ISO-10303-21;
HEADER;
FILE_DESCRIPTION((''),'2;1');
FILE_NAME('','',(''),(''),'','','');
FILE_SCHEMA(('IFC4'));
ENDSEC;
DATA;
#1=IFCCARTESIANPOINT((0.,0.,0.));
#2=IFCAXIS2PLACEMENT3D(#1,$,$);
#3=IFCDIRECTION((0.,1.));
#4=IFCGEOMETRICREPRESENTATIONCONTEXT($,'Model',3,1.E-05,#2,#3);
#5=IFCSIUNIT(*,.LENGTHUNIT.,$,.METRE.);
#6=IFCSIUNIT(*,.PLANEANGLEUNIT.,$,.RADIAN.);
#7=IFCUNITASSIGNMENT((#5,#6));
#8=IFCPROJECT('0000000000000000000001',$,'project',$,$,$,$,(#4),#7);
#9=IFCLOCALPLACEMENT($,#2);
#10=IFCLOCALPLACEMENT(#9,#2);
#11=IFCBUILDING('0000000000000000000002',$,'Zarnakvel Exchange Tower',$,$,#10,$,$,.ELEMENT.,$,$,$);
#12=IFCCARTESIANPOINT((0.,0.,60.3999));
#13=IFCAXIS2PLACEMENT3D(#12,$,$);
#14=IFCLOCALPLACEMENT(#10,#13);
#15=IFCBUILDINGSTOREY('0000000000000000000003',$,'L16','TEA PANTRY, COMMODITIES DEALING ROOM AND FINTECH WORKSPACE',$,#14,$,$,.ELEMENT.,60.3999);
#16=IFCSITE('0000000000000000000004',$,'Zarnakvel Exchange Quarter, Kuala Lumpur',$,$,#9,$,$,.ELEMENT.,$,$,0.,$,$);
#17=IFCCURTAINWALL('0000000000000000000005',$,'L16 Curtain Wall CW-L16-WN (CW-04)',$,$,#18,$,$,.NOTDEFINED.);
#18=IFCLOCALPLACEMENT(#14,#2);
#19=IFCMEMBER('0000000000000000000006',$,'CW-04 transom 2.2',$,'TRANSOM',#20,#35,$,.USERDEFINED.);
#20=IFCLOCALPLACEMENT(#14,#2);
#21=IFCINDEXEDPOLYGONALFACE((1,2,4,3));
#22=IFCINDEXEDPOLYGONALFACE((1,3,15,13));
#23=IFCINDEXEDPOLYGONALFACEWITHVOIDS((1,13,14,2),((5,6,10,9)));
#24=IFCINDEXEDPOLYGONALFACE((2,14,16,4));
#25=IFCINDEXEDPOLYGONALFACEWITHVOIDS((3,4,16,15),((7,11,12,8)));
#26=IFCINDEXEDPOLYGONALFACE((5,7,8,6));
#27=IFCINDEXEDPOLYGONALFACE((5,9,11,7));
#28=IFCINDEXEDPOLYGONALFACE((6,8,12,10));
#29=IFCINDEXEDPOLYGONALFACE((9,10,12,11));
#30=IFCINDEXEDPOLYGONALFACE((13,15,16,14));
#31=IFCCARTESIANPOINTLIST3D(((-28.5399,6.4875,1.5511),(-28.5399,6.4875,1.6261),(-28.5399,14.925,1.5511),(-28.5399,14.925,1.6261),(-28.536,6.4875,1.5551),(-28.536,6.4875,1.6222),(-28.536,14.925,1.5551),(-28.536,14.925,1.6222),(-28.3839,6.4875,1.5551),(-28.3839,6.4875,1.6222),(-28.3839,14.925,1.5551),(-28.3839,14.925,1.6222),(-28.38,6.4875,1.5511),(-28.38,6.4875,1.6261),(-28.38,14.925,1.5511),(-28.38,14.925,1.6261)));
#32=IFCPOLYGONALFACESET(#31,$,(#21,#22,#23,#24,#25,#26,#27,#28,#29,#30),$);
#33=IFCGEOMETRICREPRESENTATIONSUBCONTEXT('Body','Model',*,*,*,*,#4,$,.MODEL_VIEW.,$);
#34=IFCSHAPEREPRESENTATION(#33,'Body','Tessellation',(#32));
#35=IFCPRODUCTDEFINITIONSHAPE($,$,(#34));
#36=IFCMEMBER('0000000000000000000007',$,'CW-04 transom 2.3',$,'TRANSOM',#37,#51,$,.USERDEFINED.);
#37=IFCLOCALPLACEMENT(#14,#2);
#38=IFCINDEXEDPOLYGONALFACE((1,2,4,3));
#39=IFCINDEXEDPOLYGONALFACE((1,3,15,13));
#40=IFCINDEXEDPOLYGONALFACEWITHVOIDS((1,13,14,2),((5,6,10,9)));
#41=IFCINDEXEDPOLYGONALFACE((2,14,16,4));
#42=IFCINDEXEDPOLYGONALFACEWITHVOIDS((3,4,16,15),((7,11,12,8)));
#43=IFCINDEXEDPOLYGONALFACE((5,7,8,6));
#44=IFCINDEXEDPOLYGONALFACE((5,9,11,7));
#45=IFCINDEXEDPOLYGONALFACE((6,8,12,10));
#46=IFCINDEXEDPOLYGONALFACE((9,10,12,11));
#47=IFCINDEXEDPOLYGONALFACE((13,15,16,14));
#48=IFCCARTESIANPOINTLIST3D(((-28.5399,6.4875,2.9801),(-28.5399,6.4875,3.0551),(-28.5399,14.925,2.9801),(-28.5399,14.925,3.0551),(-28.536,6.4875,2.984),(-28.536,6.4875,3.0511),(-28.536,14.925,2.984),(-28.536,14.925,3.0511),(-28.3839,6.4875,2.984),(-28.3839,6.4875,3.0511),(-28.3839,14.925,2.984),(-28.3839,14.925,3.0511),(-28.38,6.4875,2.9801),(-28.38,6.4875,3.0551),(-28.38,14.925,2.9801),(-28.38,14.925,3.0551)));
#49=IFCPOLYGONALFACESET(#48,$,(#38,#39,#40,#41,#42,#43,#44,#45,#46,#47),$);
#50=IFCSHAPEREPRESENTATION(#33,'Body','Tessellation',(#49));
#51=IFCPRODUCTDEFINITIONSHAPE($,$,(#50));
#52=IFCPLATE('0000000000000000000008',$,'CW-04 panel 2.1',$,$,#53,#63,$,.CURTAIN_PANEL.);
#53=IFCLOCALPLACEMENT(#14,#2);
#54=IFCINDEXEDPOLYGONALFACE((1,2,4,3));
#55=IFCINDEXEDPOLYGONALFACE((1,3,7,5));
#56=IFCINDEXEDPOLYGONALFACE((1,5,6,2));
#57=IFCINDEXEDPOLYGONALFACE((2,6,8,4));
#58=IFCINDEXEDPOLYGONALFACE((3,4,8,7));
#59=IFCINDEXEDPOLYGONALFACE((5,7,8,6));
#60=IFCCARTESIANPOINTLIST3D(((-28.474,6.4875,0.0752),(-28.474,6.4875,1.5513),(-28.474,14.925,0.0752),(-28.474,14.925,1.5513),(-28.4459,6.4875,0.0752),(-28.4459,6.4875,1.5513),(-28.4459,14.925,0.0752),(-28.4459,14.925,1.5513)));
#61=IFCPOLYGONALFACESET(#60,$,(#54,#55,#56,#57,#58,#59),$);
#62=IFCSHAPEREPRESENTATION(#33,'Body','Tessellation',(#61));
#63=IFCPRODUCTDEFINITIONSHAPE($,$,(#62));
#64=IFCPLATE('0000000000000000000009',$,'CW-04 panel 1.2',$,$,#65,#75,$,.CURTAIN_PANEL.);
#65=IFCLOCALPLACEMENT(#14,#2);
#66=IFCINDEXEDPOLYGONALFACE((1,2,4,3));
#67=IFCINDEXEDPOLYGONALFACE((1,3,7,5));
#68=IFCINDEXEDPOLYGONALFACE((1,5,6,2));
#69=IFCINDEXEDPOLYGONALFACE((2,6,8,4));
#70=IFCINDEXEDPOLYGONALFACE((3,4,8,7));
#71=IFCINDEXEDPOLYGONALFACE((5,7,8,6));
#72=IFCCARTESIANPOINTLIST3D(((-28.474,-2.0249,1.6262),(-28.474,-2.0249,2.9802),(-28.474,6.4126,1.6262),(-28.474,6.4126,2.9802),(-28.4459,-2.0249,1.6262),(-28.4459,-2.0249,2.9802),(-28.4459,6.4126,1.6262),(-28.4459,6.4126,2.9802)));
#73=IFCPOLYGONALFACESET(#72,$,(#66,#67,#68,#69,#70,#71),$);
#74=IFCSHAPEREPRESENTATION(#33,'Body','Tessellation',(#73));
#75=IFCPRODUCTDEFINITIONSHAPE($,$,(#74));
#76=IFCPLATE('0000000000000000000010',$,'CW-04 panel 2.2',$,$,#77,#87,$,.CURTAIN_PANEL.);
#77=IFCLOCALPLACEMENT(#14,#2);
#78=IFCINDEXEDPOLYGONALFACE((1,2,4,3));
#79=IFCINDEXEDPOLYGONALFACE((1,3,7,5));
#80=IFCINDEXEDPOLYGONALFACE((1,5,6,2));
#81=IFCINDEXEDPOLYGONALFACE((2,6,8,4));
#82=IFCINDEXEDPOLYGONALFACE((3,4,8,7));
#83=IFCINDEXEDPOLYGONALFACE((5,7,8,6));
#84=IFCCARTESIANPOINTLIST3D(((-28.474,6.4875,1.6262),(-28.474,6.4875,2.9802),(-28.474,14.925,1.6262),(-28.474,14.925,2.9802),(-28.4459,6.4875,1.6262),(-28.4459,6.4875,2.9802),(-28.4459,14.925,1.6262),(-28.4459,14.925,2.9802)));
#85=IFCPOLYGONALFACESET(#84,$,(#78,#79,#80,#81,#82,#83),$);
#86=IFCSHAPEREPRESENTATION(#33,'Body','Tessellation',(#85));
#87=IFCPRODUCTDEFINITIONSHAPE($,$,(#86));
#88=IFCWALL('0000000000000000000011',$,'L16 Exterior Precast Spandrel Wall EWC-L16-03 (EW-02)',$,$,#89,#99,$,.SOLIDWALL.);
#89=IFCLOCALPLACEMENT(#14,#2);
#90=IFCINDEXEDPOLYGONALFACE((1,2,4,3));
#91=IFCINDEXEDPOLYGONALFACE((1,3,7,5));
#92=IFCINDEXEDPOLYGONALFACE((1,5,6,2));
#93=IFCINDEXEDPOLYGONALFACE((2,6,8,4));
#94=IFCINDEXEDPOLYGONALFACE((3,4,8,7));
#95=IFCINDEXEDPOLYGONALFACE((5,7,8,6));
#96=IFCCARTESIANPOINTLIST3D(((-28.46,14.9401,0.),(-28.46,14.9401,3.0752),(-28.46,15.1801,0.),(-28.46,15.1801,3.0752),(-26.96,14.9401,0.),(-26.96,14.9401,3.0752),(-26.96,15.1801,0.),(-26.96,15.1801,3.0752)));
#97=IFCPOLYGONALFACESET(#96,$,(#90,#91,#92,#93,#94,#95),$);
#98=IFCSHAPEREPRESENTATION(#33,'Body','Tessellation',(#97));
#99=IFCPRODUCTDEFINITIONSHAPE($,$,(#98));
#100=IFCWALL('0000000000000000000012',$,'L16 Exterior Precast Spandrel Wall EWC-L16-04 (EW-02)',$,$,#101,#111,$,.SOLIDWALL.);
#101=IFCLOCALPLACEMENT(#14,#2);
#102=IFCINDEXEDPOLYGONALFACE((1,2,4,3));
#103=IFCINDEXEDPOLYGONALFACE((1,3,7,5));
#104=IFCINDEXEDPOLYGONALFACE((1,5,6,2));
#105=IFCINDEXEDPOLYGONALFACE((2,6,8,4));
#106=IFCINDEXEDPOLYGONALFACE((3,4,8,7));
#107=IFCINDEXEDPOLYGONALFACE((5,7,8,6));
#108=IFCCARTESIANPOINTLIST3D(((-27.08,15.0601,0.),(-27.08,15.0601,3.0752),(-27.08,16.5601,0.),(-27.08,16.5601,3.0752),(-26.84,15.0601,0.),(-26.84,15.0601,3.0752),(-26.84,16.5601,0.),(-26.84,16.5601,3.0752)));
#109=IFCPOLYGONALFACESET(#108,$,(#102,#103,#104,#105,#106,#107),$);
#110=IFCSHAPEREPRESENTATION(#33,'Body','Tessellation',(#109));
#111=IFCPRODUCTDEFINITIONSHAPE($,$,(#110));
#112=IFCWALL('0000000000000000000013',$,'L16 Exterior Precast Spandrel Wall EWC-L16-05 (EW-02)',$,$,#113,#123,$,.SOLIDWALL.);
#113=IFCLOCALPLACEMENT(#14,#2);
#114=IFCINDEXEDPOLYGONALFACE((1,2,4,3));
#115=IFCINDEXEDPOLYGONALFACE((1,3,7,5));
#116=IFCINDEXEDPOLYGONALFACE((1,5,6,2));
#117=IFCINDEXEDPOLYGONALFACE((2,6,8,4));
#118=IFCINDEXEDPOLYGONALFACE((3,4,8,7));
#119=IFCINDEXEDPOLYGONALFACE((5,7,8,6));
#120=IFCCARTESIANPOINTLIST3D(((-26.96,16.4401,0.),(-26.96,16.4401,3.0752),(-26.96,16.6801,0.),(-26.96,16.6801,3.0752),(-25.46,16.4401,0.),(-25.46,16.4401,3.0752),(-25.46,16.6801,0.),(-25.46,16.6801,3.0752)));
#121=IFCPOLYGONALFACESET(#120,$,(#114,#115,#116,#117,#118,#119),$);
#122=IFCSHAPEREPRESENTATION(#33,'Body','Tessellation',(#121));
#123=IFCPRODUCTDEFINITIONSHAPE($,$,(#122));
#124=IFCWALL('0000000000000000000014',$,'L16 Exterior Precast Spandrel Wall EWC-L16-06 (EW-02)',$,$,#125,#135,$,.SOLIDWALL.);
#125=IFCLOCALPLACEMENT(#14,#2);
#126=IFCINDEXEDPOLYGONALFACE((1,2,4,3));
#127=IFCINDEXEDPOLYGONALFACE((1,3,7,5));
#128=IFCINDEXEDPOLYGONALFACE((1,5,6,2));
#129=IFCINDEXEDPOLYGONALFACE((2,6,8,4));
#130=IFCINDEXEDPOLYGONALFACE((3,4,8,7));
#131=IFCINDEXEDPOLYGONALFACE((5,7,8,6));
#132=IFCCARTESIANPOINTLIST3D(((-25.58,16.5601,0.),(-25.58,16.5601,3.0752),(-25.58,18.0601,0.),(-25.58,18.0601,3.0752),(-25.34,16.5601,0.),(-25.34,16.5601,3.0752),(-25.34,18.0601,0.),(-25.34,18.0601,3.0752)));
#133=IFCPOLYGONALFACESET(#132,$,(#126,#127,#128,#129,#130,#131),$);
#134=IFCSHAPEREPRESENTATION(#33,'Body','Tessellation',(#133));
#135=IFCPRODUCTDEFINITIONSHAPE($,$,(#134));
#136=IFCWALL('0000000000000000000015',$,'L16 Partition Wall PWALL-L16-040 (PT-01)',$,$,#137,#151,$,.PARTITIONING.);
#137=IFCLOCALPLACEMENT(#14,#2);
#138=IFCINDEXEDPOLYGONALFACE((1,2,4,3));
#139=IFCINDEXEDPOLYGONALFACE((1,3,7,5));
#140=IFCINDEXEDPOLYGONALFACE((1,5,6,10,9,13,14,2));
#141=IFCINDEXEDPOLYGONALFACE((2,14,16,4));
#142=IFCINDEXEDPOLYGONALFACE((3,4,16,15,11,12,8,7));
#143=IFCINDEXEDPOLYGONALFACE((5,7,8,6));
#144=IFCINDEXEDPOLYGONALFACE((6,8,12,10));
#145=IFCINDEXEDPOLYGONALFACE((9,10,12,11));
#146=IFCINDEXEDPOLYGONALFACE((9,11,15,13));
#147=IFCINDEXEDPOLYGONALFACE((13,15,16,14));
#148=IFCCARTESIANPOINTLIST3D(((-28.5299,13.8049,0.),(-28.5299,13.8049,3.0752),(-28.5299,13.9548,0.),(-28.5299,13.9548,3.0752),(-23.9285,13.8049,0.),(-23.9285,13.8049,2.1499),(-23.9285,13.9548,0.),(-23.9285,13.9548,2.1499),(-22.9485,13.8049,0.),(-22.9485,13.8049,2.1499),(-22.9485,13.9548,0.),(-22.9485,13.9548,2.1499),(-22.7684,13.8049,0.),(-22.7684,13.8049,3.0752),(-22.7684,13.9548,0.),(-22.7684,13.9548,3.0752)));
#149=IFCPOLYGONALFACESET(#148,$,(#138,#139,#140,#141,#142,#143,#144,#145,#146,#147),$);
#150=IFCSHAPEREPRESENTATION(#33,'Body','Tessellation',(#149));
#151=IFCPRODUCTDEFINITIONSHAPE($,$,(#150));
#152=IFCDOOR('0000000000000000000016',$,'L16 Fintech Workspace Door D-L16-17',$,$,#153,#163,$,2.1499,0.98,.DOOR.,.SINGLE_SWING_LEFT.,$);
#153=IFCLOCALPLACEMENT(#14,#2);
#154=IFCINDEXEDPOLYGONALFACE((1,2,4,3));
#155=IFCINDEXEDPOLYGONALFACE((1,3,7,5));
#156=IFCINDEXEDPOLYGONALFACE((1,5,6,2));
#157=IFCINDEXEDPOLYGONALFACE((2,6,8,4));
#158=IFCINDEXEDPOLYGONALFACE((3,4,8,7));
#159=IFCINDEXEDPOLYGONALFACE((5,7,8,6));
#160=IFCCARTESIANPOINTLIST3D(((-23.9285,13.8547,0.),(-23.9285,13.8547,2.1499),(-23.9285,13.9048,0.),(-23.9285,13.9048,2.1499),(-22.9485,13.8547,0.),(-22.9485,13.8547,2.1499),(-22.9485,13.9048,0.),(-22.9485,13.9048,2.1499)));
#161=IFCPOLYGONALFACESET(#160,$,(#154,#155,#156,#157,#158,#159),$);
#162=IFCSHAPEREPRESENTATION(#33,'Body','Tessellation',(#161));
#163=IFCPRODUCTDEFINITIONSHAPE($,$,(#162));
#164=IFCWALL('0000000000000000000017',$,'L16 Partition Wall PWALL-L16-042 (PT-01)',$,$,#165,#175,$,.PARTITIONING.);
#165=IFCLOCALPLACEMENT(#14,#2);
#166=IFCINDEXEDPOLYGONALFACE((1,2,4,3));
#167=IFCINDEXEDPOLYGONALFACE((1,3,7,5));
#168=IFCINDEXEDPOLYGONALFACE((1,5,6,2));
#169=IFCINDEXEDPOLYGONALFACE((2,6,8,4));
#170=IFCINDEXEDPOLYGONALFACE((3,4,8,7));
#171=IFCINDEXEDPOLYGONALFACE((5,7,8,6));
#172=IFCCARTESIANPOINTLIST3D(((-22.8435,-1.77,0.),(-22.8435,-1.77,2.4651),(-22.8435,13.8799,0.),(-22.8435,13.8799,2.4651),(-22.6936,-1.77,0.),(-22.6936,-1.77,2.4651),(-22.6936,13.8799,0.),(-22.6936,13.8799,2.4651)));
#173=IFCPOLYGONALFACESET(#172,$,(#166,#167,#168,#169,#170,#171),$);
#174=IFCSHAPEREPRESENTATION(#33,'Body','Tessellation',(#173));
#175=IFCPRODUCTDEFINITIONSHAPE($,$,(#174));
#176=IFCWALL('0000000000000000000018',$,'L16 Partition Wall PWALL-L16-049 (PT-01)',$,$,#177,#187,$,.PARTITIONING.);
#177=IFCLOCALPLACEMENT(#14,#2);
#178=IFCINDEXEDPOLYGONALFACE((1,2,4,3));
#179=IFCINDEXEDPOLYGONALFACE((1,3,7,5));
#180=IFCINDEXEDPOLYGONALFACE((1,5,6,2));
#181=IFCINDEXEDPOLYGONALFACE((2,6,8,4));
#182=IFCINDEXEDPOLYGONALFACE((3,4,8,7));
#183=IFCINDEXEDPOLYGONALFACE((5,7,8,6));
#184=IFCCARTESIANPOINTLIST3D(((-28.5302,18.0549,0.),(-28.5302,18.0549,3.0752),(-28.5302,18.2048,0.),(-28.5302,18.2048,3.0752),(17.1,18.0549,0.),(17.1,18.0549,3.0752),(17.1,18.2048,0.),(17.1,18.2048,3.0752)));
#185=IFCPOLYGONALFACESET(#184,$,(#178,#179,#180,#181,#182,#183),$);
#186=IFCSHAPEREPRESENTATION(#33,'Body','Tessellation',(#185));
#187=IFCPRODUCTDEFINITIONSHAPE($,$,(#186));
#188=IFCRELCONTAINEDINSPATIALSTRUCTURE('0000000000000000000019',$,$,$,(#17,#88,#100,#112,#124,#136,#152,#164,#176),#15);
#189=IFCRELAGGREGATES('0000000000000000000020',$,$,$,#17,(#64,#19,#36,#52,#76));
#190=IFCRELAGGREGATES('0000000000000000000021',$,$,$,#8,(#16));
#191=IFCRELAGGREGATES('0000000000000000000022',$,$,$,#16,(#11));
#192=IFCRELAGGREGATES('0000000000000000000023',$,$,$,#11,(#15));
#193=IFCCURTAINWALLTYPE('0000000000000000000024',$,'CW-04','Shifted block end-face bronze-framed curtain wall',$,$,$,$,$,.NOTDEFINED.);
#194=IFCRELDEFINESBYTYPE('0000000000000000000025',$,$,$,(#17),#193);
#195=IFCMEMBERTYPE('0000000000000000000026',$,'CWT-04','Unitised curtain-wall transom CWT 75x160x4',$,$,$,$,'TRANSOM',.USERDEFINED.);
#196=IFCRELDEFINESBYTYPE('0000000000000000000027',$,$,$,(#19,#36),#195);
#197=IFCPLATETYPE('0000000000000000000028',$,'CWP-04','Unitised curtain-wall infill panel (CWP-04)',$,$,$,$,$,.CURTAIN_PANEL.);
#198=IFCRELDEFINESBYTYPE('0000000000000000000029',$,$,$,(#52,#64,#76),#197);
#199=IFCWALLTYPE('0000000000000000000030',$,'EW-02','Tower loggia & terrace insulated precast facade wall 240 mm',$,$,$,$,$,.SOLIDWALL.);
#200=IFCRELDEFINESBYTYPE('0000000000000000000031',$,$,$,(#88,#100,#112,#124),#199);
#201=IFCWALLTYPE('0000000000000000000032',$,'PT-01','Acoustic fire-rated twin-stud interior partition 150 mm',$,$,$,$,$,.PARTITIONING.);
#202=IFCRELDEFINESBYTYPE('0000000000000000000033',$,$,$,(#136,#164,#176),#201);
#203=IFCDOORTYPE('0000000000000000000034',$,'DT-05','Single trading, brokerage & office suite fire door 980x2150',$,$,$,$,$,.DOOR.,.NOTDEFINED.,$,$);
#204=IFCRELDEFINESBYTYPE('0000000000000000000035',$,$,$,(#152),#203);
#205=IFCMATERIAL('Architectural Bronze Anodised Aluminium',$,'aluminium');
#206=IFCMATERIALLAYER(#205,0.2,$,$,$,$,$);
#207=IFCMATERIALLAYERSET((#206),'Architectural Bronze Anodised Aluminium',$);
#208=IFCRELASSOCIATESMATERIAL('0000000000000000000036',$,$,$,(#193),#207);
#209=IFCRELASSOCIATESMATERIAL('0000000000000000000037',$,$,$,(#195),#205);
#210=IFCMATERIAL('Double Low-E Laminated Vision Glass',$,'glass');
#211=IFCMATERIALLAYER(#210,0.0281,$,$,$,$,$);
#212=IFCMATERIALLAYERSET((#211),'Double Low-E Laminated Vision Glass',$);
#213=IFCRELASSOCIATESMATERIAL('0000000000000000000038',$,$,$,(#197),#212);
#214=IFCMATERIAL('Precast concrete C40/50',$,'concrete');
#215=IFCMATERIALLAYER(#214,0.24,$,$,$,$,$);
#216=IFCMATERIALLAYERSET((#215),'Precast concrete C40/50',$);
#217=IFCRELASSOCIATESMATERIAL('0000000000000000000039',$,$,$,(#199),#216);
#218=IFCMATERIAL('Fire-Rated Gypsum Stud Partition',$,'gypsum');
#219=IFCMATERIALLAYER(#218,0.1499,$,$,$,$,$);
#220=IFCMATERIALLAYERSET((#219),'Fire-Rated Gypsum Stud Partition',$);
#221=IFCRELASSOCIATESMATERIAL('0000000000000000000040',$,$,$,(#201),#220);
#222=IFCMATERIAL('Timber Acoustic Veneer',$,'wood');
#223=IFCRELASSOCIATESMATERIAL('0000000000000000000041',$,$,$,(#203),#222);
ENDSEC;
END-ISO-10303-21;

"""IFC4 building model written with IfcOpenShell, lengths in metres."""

from ifc_helpers import new_model, si_unit, direction, frame, frame_2d, origin, origin_2d, place, context, subcontext, project, spatial, rectangle, hollow_rectangle, extrude, source, transform, mapped, material, layer, layer_set, material_profile, profile_set, type_object, element, fill, aggregate, save


model = new_model("IFC4")

# Units and contexts
model_context = context("Model", 3, precision=1e-05, world=origin(), true_north=direction((0.0, 1.0)))
body_context = subcontext(model_context, "Body", "Model", "MODEL_VIEW")
ifc_project = project(units=[si_unit("LENGTHUNIT", "METRE"), si_unit("PLANEANGLEUNIT", "RADIAN")], contexts=[model_context])

# Site, building, storey
site_placement = place(None, origin())
site = spatial("IfcSite", under=ifc_project, at=site_placement, Name="Zarnakvel Exchange Quarter, Kuala Lumpur", CompositionType="ELEMENT", RefElevation=0.0)
building_placement = place(site_placement, origin())
building = spatial("IfcBuilding", under=site, at=building_placement, Name="Zarnakvel Exchange Tower", CompositionType="ELEMENT")
storey_placement = place(building_placement, frame((0.0, 0.0, 60.3999)))
storey = spatial("IfcBuildingStorey", under=building, at=storey_placement, Name="L16", Description="TEA PANTRY, COMMODITIES DEALING ROOM AND FINTECH WORKSPACE", CompositionType="ELEMENT", Elevation=60.3999)

# Shared definitions
ifc_material_1 = material(Name="Architectural Bronze Anodised Aluminium", Category="aluminium")

# Curtain wall, members, plates
ifc_layer_1 = layer(ifc_material_1, 0.2)
ifc_layer_set_1 = layer_set([ifc_layer_1], Name="Architectural Bronze Anodised Aluminium")
curtain_wall_type_1 = type_object("IfcCurtainWallType", Name="CW-04", Description="Shifted block end-face bronze-framed curtain wall", PredefinedType="NOTDEFINED", material=ifc_layer_set_1)
curtain_wall_1_placement = place(storey_placement, origin())
curtain_wall_1 = element("IfcCurtainWall", 1, at=curtain_wall_1_placement, inside=storey, type_object=curtain_wall_type_1, Name="L16 Curtain Wall CW-L16-WN (CW-04)", PredefinedType="NOTDEFINED")
ifc_material_profile_1 = material_profile(ifc_material_1, hollow_rectangle(XDim=0.1599, YDim=0.075, WallThickness=0.0039, at=origin_2d()))
ifc_profile_set_1 = profile_set([ifc_material_profile_1], Name="Architectural Bronze Anodised Aluminium")
member_type_1 = type_object("IfcMemberType", Name="CWT-04", Description="Unitised curtain-wall transom CWT 75x160x4", ElementType="TRANSOM", PredefinedType="USERDEFINED", material=ifc_profile_set_1)
shared_shape_1 = source(origin(), body_context, "Body", "SweptSolid", [
    extrude(hollow_rectangle(XDim=0.1599, YDim=0.075, WallThickness=0.0039, at=origin_2d()), origin(), (0.0, 0.0, 1.0), 8.4375),
])
member_1_placement = place(storey_placement, frame((-28.46, 6.4875, 1.5886), z_axis=(0.0, 1.0, 0.0), x_axis=(-1.0, 0.0, 0.0)))
member_1 = element("IfcMember", 2, at=member_1_placement, type_object=member_type_1, Name="CW-04 transom 2.2", ObjectType="TRANSOM", PredefinedType="USERDEFINED", context=body_context, shape_type="MappedRepresentation", body=[
    mapped(shared_shape_1, transform((0.0, 0.0, 0.0), x_axis=(1.0, 0.0, 0.0), y_axis=(0.0, 1.0, 0.0), z_axis=(0.0, 0.0, 1.0), scale=1.0)),
])
member_2_placement = place(storey_placement, frame((-28.46, 6.4875, 3.0176), z_axis=(0.0, 1.0, 0.0), x_axis=(-1.0, 0.0, 0.0)))
member_2 = element("IfcMember", 3, at=member_2_placement, type_object=member_type_1, Name="CW-04 transom 2.3", ObjectType="TRANSOM", PredefinedType="USERDEFINED", context=body_context, shape_type="MappedRepresentation", body=[
    mapped(shared_shape_1, transform((0.0, 0.0, 0.0), x_axis=(1.0, 0.0, 0.0), y_axis=(0.0, 1.0, 0.0), z_axis=(0.0, 0.0, 1.0), scale=1.0)),
])
ifc_material_2 = material(Name="Double Low-E Laminated Vision Glass", Category="glass")
ifc_layer_2 = layer(ifc_material_2, 0.0281)
ifc_layer_set_2 = layer_set([ifc_layer_2], Name="Double Low-E Laminated Vision Glass")
plate_type = type_object("IfcPlateType", Name="CWP-04", Description="Unitised curtain-wall infill panel (CWP-04)", PredefinedType="CURTAIN_PANEL", material=ifc_layer_set_2)
shared_shape_2 = source(origin(), body_context, "Body", "SweptSolid", [
    extrude(rectangle(XDim=8.4375, YDim=0.0281, at=origin_2d()), origin(), (0.0, 0.0, 1.0), 1.4761),
])
plate_1_placement = place(storey_placement, frame((-28.46, 10.7063, 0.0752), z_axis=(0.0, 0.0, 1.0), x_axis=(0.0, 1.0, 0.0)))
plate_1 = element("IfcPlate", 4, at=plate_1_placement, type_object=plate_type, Name="CW-04 panel 2.1", PredefinedType="CURTAIN_PANEL", context=body_context, shape_type="MappedRepresentation", body=[
    mapped(shared_shape_2, transform((0.0, 0.0, 0.0), x_axis=(1.0, 0.0, 0.0), y_axis=(0.0, 1.0, 0.0), z_axis=(0.0, 0.0, 1.0), scale=1.0)),
])
shared_shape_3 = source(origin(), body_context, "Body", "SweptSolid", [
    extrude(rectangle(XDim=8.4375, YDim=0.0281, at=origin_2d()), origin(), (0.0, 0.0, 1.0), 1.354),
])
plate_2_placement = place(storey_placement, frame((-28.46, 2.1938, 1.6262), z_axis=(0.0, 0.0, 1.0), x_axis=(0.0, 1.0, 0.0)))
plate_2 = element("IfcPlate", 5, at=plate_2_placement, type_object=plate_type, Name="CW-04 panel 1.2", PredefinedType="CURTAIN_PANEL", context=body_context, shape_type="MappedRepresentation", body=[
    mapped(shared_shape_3, transform((0.0, 0.0, 0.0), x_axis=(1.0, 0.0, 0.0), y_axis=(0.0, 1.0, 0.0), z_axis=(0.0, 0.0, 1.0), scale=1.0)),
])
plate_3_placement = place(storey_placement, frame((-28.46, 10.7063, 1.6262), z_axis=(0.0, 0.0, 1.0), x_axis=(0.0, 1.0, 0.0)))
plate_3 = element("IfcPlate", 6, at=plate_3_placement, type_object=plate_type, Name="CW-04 panel 2.2", PredefinedType="CURTAIN_PANEL", context=body_context, shape_type="MappedRepresentation", body=[
    mapped(shared_shape_3, transform((0.0, 0.0, 0.0), x_axis=(1.0, 0.0, 0.0), y_axis=(0.0, 1.0, 0.0), z_axis=(0.0, 0.0, 1.0), scale=1.0)),
])
aggregate(curtain_wall_1, [plate_2, member_1, member_2, plate_1, plate_3])

# Walls
ifc_material_3 = material(Name="Precast concrete C40/50", Category="concrete")
ifc_layer_3 = layer(ifc_material_3, 0.24)
ifc_layer_set_3 = layer_set([ifc_layer_3], Name="Precast concrete C40/50")
wall_type_1 = type_object("IfcWallType", Name="EW-02", Description="Tower loggia & terrace insulated precast facade wall 240 mm", PredefinedType="SOLIDWALL", material=ifc_layer_set_3)
for number, where, z_axis, x_axis, name in (
    (7, (-26.96, 15.0601, 0.0), (0.0, 0.0, 1.0), (-1.0, 0.0, 0.0), "L16 Exterior Precast Spandrel Wall EWC-L16-03 (EW-02)"),
    (8, (-26.96, 16.5601, 0.0), (0.0, 0.0, 1.0), (0.0, -1.0, 0.0), "L16 Exterior Precast Spandrel Wall EWC-L16-04 (EW-02)"),
    (9, (-25.46, 16.5601, 0.0), (0.0, 0.0, 1.0), (-1.0, 0.0, 0.0), "L16 Exterior Precast Spandrel Wall EWC-L16-05 (EW-02)"),
    (10, (-25.46, 18.0601, 0.0), (0.0, 0.0, 1.0), (0.0, -1.0, 0.0), "L16 Exterior Precast Spandrel Wall EWC-L16-06 (EW-02)"),
):
    element("IfcWall", number, at=place(storey_placement, frame(where, z_axis=z_axis, x_axis=x_axis)), inside=storey, type_object=wall_type_1, Name=name, PredefinedType="SOLIDWALL", context=body_context, shape_type="SweptSolid", body=[
        extrude(rectangle(XDim=1.5, YDim=0.24, at=frame_2d((0.75, 0.0))), origin(), (0.0, 0.0, 1.0), 3.0752),
    ])

# Wall, opening, door
ifc_material_4 = material(Name="Fire-Rated Gypsum Stud Partition", Category="gypsum")
ifc_layer_4 = layer(ifc_material_4, 0.1499)
ifc_layer_set_4 = layer_set([ifc_layer_4], Name="Fire-Rated Gypsum Stud Partition")
wall_type_2 = type_object("IfcWallType", Name="PT-01", Description="Acoustic fire-rated twin-stud interior partition 150 mm", PredefinedType="PARTITIONING", material=ifc_layer_set_4)
wall_1_placement = place(storey_placement, frame((-28.53, 13.8799, 0.0), z_axis=(0.0, 0.0, 1.0), x_axis=(1.0, 0.0, 0.0)))
wall_1 = element("IfcWall", 11, at=wall_1_placement, inside=storey, type_object=wall_type_2, Name="L16 Partition Wall PWALL-L16-040 (PT-01)", PredefinedType="PARTITIONING", context=body_context, shape_type="SweptSolid", body=[
    extrude(rectangle(XDim=5.7615, YDim=0.1499, at=frame_2d((2.8809, 0.0))), origin(), (0.0, 0.0, 1.0), 3.0752),
])
opening_placement = place(wall_1_placement, frame((4.6016, 0.0, 0.0)))
opening = element("IfcOpeningElement", 12, at=opening_placement, cuts=wall_1, PredefinedType="OPENING", context=body_context, shape_type="SweptSolid", body=[
    extrude(rectangle(XDim=0.98, YDim=2.1499, at=frame_2d((0.49, 1.075))), frame((0.0, 0.085, 0.0), z_axis=(0.0, -1.0, 0.0), x_axis=(1.0, 0.0, 0.0)), (0.0, 0.0, 1.0), 0.1699),
])
ifc_material_5 = material(Name="Timber Acoustic Veneer", Category="wood")
door_type = type_object("IfcDoorType", Name="DT-05", Description="Single trading, brokerage & office suite fire door 980x2150", OperationType="NOTDEFINED", PredefinedType="DOOR", material=ifc_material_5)
shared_shape_4 = source(origin(), body_context, "Body", "SweptSolid", [
    extrude(rectangle(XDim=0.98, YDim=2.1499, at=frame_2d((0.49, 1.075))), frame((0.0, 0.0249, 0.0), z_axis=(0.0, -1.0, 0.0), x_axis=(1.0, 0.0, 0.0)), (0.0, 0.0, 1.0), 0.05),
])
door_placement = place(opening_placement, origin())
door = element("IfcDoor", 13, at=door_placement, inside=storey, type_object=door_type, Name="L16 Fintech Workspace Door D-L16-17", OperationType="SINGLE_SWING_LEFT", OverallHeight=2.1499, OverallWidth=0.98, PredefinedType="DOOR", context=body_context, shape_type="MappedRepresentation", body=[
    mapped(shared_shape_4, transform((0.0, 0.0, 0.0), x_axis=(1.0, 0.0, 0.0), y_axis=(0.0, 1.0, 0.0), z_axis=(0.0, 0.0, 1.0), scale=1.0)),
])
fill(opening, door)

# Walls
wall_2_placement = place(storey_placement, frame((-22.7686, 13.8799, 0.0), z_axis=(0.0, 0.0, 1.0), x_axis=(0.0, -1.0, 0.0)))
element("IfcWall", 14, at=wall_2_placement, inside=storey, type_object=wall_type_2, Name="L16 Partition Wall PWALL-L16-042 (PT-01)", PredefinedType="PARTITIONING", context=body_context, shape_type="SweptSolid", body=[
    extrude(rectangle(XDim=15.6499, YDim=0.1499, at=frame_2d((7.825, 0.0))), origin(), (0.0, 0.0, 1.0), 2.4651),
])
wall_3_placement = place(storey_placement, frame((-28.53, 18.1299, 0.0), z_axis=(0.0, 0.0, 1.0), x_axis=(1.0, 0.0, 0.0)))
element("IfcWall", 15, at=wall_3_placement, inside=storey, type_object=wall_type_2, Name="L16 Partition Wall PWALL-L16-049 (PT-01)", PredefinedType="PARTITIONING", context=body_context, shape_type="SweptSolid", body=[
    extrude(rectangle(XDim=45.6301, YDim=0.1499, at=frame_2d((22.8149, 0.0))), origin(), (0.0, 0.0, 1.0), 3.0752),
])

save(model, "model.ifc")
